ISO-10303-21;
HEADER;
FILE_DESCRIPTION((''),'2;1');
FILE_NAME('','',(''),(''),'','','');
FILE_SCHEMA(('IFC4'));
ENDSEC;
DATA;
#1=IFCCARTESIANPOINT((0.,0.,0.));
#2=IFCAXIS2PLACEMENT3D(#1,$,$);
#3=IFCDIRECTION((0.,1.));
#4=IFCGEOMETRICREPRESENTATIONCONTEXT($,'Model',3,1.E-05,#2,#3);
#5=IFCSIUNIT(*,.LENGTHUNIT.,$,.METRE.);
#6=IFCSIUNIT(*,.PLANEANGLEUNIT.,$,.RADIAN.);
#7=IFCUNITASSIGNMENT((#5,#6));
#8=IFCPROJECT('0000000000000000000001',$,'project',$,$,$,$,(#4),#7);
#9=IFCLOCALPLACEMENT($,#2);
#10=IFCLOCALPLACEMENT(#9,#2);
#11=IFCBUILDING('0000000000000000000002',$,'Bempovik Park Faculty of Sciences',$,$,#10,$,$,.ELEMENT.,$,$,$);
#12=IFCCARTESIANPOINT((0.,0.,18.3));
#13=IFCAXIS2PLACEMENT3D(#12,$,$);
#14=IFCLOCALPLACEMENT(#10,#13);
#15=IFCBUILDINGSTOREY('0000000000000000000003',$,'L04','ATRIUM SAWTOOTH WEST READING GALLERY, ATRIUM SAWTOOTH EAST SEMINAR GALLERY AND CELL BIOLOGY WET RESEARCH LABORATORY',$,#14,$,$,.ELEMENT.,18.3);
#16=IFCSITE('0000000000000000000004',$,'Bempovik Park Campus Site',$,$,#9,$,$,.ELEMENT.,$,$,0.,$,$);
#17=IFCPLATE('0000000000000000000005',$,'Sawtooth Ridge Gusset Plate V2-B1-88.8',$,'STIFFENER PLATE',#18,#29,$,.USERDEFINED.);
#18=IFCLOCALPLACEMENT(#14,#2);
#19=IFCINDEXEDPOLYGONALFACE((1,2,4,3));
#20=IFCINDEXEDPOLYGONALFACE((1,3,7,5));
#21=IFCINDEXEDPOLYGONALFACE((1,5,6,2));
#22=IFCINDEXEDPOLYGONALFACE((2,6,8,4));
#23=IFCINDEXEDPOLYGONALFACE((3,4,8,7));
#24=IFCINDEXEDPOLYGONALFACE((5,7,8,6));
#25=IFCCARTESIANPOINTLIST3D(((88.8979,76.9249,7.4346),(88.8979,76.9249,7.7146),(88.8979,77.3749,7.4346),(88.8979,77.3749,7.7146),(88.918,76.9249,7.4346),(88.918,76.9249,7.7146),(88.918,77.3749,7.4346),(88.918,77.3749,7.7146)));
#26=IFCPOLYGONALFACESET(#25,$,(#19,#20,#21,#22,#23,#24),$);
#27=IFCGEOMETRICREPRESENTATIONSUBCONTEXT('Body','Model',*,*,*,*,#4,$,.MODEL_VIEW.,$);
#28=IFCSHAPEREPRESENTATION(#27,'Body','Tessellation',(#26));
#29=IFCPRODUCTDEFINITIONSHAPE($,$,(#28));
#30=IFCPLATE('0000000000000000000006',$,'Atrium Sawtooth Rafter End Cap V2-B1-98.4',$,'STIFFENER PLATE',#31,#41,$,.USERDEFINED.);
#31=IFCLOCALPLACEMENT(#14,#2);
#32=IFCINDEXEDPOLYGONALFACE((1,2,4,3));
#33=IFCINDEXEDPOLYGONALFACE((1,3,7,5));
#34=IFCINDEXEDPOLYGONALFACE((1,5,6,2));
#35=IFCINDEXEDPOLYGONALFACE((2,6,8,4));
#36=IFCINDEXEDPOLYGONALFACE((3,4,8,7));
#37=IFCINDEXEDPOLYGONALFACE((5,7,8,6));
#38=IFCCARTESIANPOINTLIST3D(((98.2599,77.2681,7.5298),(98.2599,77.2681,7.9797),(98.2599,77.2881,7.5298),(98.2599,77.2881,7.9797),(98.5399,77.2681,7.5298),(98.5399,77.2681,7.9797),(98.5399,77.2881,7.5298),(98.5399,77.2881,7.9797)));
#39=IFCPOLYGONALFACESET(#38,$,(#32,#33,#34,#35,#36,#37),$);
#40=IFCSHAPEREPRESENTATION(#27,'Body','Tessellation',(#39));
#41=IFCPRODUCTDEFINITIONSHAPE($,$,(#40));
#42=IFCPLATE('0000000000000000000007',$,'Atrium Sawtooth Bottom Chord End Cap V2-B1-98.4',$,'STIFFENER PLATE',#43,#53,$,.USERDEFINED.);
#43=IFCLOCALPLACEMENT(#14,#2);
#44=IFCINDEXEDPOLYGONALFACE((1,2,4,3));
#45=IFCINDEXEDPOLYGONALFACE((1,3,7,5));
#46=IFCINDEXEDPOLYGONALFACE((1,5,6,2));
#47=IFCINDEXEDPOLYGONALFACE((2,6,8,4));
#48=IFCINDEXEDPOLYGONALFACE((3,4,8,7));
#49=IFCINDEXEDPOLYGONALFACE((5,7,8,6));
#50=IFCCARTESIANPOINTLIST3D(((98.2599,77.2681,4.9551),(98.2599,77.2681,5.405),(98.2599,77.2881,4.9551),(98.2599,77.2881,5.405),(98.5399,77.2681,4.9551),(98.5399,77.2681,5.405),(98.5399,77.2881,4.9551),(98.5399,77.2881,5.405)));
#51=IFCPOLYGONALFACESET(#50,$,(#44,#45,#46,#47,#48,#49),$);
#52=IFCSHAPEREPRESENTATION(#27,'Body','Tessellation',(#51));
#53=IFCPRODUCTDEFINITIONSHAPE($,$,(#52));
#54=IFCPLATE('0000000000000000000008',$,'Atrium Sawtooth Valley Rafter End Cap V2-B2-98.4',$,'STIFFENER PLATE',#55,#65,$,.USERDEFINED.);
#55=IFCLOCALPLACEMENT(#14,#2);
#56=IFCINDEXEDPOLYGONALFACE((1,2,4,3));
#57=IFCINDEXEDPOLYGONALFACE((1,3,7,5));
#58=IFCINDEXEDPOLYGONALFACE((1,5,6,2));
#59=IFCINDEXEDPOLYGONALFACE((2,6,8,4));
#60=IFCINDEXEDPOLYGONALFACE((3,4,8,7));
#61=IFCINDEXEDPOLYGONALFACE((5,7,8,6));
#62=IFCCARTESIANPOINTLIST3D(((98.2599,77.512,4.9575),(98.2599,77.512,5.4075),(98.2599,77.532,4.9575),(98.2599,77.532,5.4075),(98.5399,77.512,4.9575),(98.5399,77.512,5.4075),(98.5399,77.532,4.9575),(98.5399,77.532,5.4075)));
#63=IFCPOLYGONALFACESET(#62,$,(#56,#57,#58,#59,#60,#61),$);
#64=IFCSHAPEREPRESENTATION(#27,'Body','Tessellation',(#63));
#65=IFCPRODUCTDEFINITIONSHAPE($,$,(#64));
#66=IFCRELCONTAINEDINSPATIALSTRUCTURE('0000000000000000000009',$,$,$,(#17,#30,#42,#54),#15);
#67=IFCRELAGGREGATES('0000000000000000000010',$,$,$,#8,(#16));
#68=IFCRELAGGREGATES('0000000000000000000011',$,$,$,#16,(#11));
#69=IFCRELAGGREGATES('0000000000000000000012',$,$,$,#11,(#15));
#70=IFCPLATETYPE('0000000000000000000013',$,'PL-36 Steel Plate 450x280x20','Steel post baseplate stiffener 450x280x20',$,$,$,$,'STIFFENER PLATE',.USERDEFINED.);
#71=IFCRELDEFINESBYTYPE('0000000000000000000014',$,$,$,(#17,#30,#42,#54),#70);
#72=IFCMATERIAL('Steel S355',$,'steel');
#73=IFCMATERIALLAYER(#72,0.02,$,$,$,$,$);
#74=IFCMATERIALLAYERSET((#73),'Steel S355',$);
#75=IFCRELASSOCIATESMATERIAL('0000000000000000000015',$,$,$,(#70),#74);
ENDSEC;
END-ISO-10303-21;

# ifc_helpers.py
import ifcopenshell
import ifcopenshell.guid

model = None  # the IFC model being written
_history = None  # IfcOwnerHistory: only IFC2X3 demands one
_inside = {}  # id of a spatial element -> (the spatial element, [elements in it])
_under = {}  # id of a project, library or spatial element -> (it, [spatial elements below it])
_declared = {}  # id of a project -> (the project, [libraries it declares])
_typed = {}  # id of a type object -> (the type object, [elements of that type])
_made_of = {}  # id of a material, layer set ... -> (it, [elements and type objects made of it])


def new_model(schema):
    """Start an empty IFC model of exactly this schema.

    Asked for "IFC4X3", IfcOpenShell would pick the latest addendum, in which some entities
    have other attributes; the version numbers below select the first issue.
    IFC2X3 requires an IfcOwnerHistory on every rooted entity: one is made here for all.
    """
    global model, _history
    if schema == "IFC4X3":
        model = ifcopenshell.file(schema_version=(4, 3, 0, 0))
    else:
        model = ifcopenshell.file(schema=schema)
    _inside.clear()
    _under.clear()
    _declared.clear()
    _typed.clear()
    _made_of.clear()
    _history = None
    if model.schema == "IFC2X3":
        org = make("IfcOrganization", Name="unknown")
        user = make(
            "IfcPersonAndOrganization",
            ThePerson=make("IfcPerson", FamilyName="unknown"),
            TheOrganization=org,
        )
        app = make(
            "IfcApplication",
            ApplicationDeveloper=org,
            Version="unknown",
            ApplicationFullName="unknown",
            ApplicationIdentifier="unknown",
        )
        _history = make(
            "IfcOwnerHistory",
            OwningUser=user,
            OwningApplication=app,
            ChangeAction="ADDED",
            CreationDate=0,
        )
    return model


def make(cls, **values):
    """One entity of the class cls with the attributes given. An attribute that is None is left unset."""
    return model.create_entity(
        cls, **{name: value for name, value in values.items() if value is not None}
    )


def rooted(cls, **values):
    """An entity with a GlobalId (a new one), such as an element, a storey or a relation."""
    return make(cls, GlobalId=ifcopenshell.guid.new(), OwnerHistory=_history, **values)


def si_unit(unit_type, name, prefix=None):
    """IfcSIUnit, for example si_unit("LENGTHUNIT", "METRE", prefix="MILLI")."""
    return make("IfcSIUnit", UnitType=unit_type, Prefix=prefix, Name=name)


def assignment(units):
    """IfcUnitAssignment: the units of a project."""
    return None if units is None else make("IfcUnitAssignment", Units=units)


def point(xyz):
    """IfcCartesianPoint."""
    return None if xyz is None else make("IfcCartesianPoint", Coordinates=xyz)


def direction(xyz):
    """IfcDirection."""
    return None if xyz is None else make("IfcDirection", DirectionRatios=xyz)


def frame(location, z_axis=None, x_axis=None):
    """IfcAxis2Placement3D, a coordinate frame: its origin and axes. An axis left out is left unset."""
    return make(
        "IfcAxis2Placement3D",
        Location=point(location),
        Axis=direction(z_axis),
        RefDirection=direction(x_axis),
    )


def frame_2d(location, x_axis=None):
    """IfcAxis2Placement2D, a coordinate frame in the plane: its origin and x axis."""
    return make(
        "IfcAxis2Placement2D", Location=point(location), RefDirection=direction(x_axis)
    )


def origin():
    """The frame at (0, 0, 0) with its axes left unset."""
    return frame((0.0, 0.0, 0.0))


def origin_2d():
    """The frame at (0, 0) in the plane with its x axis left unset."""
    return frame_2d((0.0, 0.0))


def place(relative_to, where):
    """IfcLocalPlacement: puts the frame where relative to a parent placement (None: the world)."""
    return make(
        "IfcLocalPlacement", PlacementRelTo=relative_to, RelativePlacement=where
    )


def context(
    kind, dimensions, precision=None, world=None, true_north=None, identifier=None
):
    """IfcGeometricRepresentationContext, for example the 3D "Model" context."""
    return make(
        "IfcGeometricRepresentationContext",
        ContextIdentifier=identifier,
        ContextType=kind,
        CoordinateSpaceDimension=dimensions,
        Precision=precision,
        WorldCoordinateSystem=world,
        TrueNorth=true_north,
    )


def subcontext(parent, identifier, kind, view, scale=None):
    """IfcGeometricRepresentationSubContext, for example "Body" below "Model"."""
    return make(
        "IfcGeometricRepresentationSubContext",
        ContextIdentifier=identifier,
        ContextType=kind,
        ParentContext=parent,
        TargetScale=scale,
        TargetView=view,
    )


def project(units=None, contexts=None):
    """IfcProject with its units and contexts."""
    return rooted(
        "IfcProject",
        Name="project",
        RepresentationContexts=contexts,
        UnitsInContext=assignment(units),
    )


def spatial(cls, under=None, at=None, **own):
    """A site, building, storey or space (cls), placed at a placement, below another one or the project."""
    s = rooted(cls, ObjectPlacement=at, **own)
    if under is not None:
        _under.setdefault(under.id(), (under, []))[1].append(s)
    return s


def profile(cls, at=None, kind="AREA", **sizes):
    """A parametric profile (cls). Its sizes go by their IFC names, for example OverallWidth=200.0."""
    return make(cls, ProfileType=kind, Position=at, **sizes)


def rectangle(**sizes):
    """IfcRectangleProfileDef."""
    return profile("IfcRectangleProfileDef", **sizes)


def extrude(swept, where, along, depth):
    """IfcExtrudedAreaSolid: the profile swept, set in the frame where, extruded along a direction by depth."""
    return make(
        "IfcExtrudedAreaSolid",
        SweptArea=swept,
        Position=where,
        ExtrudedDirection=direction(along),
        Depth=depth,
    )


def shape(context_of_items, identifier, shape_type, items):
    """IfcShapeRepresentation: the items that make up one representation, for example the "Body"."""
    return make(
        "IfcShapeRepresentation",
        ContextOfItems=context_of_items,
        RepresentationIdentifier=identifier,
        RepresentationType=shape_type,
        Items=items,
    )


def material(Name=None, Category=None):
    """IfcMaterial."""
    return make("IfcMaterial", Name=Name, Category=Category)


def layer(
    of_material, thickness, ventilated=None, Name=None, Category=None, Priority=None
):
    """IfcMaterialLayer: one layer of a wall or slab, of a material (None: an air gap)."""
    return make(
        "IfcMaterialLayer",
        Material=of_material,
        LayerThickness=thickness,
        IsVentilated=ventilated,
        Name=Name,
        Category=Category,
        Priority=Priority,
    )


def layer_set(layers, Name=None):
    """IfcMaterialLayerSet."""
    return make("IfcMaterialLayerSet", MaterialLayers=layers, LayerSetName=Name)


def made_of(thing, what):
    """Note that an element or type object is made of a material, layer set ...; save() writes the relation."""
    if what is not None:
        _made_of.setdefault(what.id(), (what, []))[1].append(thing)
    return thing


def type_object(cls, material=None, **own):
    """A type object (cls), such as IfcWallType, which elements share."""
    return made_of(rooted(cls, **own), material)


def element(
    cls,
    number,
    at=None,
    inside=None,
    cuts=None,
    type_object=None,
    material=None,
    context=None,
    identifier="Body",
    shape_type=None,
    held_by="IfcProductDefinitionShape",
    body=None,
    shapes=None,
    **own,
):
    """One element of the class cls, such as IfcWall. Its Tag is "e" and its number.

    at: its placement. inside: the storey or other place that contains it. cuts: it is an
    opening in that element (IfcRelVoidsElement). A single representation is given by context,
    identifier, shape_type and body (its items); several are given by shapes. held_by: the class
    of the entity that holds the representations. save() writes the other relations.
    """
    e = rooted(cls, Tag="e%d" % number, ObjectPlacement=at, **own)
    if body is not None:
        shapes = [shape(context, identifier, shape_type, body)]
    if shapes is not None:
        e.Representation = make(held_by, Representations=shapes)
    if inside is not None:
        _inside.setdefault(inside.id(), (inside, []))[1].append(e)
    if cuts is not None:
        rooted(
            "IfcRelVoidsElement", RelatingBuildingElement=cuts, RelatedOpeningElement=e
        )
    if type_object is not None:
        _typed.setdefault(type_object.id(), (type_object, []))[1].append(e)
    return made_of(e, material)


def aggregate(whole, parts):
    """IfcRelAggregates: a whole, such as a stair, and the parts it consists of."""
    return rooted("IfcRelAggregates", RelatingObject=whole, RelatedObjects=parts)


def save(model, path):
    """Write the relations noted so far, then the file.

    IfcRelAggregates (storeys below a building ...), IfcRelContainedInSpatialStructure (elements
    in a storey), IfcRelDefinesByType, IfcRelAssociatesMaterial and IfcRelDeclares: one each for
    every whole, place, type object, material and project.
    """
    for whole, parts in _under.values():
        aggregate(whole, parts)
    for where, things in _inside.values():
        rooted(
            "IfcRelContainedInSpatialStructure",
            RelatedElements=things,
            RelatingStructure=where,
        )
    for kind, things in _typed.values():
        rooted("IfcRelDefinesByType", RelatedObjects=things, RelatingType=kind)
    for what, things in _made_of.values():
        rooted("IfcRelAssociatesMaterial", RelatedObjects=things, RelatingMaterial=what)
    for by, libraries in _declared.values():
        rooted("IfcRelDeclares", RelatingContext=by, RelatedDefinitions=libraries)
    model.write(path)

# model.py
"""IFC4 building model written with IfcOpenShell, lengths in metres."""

from ifc_helpers import new_model, si_unit, direction, frame, origin, origin_2d, place, context, subcontext, project, spatial, rectangle, extrude, material, layer, layer_set, type_object, element, save


model = new_model("IFC4")

# Units and contexts
model_context = context("Model", 3, precision=1e-05, world=origin(), true_north=direction((0.0, 1.0)))
body_context = subcontext(model_context, "Body", "Model", "MODEL_VIEW")
ifc_project = project(units=[si_unit("LENGTHUNIT", "METRE"), si_unit("PLANEANGLEUNIT", "RADIAN")], contexts=[model_context])

# Site, building, storey
site_placement = place(None, origin())
site = spatial("IfcSite", under=ifc_project, at=site_placement, Name="Bempovik Park Campus Site", CompositionType="ELEMENT", RefElevation=0.0)
building_placement = place(site_placement, origin())
building = spatial("IfcBuilding", under=site, at=building_placement, Name="Bempovik Park Faculty of Sciences", CompositionType="ELEMENT")
storey_placement = place(building_placement, frame((0.0, 0.0, 18.3)))
storey = spatial("IfcBuildingStorey", under=building, at=storey_placement, Name="L04", Description="ATRIUM SAWTOOTH WEST READING GALLERY, ATRIUM SAWTOOTH EAST SEMINAR GALLERY AND CELL BIOLOGY WET RESEARCH LABORATORY", CompositionType="ELEMENT", Elevation=18.3)

# Shared definitions
ifc_material = material(Name="Steel S355", Category="steel")

# Plates
ifc_layer_1 = layer(ifc_material, 0.02)
ifc_layer_set_1 = layer_set([ifc_layer_1], Name="Steel S355")
plate_type_1 = type_object("IfcPlateType", Name="PL-36 Steel Plate 450x280x20", Description="Steel post baseplate stiffener 450x280x20", ElementType="STIFFENER PLATE", PredefinedType="USERDEFINED", material=ifc_layer_set_1)
plate_1_placement = place(storey_placement, frame((88.908, 77.1499, 7.4346), z_axis=(0.0, 0.0, 1.0), x_axis=(1.0, 0.0, 0.0)))
element("IfcPlate", 1, at=plate_1_placement, inside=storey, type_object=plate_type_1, Name="Sawtooth Ridge Gusset Plate V2-B1-88.8", ObjectType="STIFFENER PLATE", PredefinedType="USERDEFINED", context=body_context, shape_type="SweptSolid", body=[
    extrude(rectangle(XDim=0.02, YDim=0.45, at=origin_2d()), origin(), (0.0, 0.0, 1.0), 0.28),
])
for number, where, z_axis, x_axis, name in (
    (2, (98.3999, 77.2781, 7.5298), (0.0, 0.0, 1.0), (1.0, 0.0, 0.0), "Atrium Sawtooth Rafter End Cap V2-B1-98.4"),
    (3, (98.3999, 77.2781, 4.9551), (0.0, 0.0, 1.0), (1.0, 0.0, 0.0), "Atrium Sawtooth Bottom Chord End Cap V2-B1-98.4"),
    (4, (98.3999, 77.522, 4.9575), (0.0, 0.0, 1.0), (1.0, 0.0, 0.0), "Atrium Sawtooth Valley Rafter End Cap V2-B2-98.4"),
):
    element("IfcPlate", number, at=place(storey_placement, frame(where, z_axis=z_axis, x_axis=x_axis)), inside=storey, type_object=plate_type_1, Name=name, ObjectType="STIFFENER PLATE", PredefinedType="USERDEFINED", context=body_context, shape_type="SweptSolid", body=[
        extrude(rectangle(XDim=0.28, YDim=0.02, at=origin_2d()), origin(), (0.0, 0.0, 1.0), 0.45),
    ])

save(model, "model.ifc")
